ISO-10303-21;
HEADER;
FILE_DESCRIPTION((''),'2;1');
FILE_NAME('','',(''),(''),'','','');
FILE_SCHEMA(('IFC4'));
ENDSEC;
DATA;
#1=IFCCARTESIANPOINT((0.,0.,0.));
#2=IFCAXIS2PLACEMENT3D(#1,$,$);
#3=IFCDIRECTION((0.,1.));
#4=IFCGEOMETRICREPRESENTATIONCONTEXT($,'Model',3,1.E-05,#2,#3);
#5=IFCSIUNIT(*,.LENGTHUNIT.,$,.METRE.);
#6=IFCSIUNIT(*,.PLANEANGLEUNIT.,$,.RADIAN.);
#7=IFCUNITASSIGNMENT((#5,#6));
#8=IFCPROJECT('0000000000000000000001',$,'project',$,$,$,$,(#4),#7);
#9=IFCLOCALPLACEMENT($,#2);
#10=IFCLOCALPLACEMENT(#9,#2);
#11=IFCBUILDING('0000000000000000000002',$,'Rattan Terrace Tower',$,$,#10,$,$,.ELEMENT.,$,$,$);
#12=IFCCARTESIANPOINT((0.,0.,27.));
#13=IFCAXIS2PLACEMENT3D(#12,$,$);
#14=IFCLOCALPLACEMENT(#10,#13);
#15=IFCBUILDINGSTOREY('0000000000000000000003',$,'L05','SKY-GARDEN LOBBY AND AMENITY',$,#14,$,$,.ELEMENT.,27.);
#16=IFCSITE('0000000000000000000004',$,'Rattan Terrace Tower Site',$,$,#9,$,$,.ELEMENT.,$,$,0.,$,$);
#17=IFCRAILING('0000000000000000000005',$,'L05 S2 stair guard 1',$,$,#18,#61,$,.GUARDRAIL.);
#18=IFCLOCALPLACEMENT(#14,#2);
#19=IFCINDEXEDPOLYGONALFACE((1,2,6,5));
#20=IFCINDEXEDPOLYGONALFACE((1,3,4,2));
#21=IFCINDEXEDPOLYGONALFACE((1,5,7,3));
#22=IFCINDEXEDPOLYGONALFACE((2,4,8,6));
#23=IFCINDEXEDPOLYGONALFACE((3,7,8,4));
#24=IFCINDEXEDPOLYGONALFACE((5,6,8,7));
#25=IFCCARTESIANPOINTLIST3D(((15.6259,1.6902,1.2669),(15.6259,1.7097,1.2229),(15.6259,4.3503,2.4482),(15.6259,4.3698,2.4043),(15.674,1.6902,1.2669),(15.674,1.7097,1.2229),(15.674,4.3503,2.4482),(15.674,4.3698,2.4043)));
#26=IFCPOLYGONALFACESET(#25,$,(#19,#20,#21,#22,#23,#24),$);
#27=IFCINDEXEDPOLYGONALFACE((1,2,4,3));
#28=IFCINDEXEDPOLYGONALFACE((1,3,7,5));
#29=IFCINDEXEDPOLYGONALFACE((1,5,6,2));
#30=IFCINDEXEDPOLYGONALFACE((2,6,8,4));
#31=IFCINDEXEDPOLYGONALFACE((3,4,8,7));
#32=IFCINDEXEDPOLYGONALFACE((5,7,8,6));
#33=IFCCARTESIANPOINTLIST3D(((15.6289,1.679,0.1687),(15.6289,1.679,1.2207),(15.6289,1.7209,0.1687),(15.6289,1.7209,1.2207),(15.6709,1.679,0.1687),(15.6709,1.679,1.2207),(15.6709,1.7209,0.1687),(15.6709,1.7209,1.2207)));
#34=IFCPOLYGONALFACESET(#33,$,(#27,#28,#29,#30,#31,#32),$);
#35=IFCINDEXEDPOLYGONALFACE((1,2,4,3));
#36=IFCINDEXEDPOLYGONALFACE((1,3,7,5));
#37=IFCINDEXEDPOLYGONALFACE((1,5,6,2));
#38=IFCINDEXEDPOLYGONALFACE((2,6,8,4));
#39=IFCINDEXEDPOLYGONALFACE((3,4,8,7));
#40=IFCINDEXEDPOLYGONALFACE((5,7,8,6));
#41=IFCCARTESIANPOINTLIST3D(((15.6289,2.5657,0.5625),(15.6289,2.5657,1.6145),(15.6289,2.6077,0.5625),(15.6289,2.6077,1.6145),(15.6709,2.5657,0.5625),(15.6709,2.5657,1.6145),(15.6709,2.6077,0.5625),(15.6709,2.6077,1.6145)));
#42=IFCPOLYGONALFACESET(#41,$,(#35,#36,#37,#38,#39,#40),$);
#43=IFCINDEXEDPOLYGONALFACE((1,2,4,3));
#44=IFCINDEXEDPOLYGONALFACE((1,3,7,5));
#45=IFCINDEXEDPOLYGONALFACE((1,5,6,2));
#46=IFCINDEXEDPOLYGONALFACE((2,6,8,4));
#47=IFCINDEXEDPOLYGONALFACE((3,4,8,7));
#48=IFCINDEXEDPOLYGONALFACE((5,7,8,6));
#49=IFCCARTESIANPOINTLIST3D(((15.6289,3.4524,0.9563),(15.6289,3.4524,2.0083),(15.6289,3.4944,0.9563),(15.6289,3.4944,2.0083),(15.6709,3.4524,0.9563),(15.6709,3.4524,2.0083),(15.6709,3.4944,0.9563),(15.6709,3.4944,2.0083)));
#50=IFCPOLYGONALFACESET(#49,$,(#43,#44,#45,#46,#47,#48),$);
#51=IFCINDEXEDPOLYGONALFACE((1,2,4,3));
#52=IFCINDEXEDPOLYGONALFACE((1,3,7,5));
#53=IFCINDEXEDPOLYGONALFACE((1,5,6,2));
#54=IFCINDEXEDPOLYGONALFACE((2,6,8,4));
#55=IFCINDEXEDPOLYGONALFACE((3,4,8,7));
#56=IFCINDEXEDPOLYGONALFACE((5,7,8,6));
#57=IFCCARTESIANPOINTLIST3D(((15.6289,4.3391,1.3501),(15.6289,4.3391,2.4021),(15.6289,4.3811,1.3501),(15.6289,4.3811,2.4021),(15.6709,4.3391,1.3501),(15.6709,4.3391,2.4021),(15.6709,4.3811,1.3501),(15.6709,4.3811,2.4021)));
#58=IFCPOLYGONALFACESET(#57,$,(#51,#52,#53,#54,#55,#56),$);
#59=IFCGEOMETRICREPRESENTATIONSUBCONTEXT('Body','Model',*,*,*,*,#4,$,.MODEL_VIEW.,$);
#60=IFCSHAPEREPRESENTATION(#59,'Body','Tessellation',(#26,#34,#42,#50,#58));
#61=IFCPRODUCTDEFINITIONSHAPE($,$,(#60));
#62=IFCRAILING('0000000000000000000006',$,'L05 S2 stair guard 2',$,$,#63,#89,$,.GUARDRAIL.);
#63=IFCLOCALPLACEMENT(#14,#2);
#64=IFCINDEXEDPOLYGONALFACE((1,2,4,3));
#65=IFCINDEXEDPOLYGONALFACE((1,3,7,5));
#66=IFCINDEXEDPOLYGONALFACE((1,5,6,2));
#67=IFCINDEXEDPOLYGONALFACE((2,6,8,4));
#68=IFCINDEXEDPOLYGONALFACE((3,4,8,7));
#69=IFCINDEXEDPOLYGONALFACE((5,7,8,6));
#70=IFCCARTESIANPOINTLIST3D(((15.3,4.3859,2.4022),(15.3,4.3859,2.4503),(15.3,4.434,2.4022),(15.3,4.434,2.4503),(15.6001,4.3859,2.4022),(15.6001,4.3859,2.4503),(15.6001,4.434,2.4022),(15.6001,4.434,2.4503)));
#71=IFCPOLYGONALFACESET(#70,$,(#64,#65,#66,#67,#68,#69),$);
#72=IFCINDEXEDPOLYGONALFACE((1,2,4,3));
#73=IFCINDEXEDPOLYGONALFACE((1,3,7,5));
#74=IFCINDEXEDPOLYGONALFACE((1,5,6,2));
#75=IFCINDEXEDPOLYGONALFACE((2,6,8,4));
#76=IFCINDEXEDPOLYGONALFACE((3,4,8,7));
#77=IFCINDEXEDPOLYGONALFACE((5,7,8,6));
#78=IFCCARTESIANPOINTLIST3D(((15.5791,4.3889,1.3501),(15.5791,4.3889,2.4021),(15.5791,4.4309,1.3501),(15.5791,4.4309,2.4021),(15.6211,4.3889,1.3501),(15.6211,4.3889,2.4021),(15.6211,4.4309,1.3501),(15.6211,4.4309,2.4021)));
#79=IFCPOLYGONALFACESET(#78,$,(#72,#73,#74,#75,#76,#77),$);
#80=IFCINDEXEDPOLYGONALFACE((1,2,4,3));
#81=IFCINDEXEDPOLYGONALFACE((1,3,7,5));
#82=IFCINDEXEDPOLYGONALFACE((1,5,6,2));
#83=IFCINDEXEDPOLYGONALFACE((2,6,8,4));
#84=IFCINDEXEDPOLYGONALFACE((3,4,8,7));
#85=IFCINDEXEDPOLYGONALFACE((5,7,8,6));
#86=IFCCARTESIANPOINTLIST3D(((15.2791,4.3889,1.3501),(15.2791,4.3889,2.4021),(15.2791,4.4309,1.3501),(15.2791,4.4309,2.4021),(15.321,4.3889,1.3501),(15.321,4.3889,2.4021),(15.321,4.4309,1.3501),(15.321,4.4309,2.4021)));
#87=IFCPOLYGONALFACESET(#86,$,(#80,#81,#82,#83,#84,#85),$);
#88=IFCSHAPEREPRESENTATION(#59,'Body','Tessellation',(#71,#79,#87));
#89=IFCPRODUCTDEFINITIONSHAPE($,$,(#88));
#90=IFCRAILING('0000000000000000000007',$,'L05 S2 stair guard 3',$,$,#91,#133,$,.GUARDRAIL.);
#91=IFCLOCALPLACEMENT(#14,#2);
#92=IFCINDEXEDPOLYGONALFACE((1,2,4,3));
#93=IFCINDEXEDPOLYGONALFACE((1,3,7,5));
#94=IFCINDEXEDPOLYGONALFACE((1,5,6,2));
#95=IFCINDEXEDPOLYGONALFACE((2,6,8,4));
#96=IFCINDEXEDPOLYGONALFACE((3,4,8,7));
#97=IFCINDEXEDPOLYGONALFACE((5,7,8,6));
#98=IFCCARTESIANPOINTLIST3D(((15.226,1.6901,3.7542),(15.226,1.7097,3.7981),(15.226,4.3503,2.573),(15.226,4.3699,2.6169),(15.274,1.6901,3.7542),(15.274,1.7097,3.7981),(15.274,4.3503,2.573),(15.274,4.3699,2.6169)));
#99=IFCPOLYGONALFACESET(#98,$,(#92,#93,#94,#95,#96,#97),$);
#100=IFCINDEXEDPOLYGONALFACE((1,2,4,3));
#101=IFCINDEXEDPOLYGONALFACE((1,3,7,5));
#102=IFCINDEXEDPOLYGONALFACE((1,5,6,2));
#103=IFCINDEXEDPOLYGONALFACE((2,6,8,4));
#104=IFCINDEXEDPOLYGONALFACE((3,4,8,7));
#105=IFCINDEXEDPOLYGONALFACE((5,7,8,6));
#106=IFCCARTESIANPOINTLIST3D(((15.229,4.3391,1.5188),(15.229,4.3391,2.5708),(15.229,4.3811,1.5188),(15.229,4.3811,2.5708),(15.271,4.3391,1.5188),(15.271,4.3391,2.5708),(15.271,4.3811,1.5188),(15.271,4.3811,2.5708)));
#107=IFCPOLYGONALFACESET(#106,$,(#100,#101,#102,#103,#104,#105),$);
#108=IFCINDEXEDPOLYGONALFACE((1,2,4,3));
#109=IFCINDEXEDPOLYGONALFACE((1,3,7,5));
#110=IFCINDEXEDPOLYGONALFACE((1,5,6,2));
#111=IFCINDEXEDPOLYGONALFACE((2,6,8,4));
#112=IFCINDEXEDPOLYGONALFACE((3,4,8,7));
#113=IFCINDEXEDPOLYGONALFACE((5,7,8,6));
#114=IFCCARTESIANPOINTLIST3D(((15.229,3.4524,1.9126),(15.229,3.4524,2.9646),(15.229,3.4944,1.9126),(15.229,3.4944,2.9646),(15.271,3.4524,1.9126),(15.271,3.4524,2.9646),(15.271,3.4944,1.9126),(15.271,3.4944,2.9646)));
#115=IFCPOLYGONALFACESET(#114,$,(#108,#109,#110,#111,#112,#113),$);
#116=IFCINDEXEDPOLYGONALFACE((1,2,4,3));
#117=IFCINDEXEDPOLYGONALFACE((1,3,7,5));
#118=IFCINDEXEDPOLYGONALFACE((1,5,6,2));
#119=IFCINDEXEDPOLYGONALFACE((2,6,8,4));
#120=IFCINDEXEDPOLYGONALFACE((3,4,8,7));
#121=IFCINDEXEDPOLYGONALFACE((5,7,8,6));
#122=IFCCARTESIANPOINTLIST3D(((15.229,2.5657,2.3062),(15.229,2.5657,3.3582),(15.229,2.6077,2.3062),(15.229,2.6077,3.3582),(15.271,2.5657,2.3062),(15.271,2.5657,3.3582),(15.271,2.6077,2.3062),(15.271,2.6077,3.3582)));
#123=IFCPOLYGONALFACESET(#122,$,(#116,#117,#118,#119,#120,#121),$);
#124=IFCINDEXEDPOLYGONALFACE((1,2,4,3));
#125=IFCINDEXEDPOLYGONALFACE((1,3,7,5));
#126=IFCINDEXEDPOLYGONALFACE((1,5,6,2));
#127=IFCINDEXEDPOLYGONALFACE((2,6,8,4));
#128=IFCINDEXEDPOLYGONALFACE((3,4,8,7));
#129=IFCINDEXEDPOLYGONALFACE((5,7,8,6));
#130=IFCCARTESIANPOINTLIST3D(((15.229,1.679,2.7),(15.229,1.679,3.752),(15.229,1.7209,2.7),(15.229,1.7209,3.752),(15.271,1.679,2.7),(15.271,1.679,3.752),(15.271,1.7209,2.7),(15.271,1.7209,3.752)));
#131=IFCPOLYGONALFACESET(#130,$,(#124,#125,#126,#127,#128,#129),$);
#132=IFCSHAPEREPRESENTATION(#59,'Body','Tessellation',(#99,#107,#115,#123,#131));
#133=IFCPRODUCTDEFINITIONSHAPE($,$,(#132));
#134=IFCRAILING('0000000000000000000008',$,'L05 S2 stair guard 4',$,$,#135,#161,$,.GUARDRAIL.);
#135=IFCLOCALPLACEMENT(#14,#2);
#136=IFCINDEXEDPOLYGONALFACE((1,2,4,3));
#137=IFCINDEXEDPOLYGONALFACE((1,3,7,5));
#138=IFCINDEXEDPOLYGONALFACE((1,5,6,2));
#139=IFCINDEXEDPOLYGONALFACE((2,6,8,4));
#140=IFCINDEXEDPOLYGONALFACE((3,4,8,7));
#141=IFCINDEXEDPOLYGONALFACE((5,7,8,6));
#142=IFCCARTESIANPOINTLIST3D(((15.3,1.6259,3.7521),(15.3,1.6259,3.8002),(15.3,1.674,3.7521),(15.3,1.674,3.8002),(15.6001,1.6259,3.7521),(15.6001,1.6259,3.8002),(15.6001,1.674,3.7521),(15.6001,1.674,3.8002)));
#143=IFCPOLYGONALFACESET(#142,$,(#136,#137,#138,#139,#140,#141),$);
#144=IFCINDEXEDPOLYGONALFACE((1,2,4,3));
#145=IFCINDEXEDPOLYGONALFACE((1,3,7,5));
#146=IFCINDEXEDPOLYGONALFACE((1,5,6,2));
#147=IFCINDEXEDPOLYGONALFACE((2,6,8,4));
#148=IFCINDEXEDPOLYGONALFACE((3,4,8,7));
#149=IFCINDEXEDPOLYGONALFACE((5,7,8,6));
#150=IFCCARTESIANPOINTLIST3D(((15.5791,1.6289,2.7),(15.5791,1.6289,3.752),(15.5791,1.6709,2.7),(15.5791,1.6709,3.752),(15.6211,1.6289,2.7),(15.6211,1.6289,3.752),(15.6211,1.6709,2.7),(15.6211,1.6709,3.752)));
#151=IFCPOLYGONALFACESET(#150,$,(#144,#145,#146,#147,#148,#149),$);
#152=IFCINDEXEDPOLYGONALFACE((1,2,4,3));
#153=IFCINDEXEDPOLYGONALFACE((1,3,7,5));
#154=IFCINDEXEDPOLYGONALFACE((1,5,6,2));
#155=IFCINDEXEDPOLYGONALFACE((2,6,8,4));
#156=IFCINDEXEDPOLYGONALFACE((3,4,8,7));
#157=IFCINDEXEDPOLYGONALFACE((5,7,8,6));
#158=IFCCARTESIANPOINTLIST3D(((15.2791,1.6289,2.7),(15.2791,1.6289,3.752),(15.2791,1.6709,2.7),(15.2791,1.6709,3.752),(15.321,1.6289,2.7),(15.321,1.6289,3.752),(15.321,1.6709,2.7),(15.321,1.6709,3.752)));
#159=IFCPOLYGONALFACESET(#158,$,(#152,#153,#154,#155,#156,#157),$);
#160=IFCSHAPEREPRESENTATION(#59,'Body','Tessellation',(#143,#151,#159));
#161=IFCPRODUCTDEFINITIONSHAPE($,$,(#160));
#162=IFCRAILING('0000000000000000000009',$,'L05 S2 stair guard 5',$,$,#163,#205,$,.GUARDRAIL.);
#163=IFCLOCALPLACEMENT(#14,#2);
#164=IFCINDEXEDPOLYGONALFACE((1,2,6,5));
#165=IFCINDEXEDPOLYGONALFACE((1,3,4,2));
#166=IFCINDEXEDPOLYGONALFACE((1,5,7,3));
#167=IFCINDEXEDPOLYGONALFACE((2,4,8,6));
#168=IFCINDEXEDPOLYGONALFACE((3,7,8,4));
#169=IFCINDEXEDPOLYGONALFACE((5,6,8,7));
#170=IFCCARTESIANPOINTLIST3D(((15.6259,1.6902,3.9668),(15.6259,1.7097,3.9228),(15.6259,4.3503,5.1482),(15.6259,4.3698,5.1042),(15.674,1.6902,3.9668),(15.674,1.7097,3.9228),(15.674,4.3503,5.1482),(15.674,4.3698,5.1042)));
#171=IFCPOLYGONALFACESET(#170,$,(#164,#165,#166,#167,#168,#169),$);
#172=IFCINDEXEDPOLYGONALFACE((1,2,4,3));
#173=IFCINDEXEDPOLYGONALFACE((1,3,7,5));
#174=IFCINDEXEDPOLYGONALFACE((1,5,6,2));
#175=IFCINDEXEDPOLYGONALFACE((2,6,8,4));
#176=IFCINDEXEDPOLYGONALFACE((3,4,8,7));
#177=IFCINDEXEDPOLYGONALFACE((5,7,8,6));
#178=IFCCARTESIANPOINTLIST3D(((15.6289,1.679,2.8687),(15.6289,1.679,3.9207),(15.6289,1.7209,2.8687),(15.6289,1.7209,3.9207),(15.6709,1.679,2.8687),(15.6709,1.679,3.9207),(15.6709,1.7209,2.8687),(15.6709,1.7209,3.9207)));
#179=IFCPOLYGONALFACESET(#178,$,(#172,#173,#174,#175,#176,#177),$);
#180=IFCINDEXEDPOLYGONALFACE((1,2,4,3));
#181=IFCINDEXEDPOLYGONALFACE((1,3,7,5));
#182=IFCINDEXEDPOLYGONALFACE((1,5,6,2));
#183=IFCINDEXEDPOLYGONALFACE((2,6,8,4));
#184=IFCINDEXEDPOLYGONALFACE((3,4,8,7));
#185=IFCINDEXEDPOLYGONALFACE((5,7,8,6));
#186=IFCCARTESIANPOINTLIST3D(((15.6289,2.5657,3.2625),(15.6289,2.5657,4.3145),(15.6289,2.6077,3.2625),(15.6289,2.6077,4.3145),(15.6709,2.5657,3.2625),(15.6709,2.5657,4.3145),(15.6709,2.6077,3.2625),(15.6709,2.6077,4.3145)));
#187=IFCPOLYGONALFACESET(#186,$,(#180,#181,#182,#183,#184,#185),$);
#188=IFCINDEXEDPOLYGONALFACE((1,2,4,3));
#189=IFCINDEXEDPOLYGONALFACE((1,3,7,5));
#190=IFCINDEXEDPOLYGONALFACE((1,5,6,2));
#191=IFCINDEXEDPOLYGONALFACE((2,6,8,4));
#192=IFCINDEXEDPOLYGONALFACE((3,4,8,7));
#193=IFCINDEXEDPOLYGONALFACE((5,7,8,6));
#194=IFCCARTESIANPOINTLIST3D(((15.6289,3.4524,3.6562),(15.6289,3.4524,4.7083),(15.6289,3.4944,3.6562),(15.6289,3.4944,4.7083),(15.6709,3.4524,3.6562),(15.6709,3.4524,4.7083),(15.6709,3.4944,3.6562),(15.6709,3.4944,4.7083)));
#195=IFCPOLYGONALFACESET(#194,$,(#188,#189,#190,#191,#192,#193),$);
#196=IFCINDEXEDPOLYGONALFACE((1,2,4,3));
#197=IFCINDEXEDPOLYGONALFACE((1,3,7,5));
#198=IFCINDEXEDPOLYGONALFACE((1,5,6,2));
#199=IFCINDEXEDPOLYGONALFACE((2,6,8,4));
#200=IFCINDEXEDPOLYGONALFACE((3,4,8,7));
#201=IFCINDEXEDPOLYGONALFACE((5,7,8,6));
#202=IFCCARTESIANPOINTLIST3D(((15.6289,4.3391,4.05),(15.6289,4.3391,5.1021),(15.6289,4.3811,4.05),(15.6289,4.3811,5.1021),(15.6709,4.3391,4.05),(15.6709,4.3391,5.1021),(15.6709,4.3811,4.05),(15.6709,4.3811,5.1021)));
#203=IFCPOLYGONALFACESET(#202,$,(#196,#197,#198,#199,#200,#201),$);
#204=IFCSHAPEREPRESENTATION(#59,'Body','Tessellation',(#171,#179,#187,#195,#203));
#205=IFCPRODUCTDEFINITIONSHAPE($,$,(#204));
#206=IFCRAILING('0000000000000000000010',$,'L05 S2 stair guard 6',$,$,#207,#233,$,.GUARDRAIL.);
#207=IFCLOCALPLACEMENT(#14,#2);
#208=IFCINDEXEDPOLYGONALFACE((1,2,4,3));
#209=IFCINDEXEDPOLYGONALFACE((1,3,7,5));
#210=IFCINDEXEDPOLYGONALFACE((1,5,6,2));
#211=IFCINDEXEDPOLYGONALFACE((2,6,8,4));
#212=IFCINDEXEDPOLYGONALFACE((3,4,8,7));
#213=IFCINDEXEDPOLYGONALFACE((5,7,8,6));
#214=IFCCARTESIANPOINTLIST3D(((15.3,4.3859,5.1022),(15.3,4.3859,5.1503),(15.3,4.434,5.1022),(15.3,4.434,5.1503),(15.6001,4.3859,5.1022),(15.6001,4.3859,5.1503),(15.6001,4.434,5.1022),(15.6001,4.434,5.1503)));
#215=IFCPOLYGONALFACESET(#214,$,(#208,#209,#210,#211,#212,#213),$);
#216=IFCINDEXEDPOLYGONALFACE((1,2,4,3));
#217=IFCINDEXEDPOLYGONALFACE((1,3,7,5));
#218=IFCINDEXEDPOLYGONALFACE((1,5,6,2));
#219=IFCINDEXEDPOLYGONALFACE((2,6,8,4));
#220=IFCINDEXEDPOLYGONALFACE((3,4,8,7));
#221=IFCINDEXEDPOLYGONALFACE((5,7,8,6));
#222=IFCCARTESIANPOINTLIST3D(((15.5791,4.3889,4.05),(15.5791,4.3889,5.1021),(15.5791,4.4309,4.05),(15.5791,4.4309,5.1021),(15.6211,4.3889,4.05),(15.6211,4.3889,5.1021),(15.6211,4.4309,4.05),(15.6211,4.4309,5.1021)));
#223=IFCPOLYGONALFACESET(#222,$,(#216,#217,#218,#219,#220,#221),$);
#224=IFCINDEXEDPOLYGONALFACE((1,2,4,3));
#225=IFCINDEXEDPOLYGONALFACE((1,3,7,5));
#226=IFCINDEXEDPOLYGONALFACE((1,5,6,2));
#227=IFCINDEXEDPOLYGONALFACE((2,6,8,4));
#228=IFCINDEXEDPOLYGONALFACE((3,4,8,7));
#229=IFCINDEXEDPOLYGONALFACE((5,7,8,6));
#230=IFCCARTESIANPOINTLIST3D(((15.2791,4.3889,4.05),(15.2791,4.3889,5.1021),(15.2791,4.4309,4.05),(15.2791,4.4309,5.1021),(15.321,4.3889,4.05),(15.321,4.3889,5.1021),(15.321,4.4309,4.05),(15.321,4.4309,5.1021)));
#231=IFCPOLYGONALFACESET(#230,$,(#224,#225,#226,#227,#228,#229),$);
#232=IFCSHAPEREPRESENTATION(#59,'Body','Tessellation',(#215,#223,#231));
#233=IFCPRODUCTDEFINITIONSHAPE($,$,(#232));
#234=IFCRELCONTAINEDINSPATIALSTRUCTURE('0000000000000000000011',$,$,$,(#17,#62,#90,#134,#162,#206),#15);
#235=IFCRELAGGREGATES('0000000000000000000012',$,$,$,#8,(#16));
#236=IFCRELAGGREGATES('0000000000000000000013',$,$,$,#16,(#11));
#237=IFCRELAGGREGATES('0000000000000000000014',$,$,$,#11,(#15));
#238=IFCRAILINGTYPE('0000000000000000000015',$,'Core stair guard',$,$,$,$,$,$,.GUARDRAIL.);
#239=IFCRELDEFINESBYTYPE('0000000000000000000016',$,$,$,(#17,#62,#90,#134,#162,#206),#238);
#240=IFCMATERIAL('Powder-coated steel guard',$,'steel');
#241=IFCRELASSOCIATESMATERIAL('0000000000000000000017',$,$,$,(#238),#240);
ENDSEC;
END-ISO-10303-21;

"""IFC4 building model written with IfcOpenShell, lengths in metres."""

from ifc_helpers import new_model, si_unit, direction, frame, origin, origin_2d, place, context, subcontext, project, spatial, rectangle, extrude, material, type_object, element, save


model = new_model("IFC4")

# Units and contexts
model_context = context("Model", 3, precision=1e-05, world=origin(), true_north=direction((0.0, 1.0)))
body_context = subcontext(model_context, "Body", "Model", "MODEL_VIEW")
ifc_project = project(units=[si_unit("LENGTHUNIT", "METRE"), si_unit("PLANEANGLEUNIT", "RADIAN")], contexts=[model_context])

# Site, building, storey
site_placement = place(None, origin())
site = spatial("IfcSite", under=ifc_project, at=site_placement, Name="Rattan Terrace Tower Site", CompositionType="ELEMENT", RefElevation=0.0)
building_placement = place(site_placement, origin())
building = spatial("IfcBuilding", under=site, at=building_placement, Name="Rattan Terrace Tower", CompositionType="ELEMENT")
storey_placement = place(building_placement, frame((0.0, 0.0, 27.0)))
storey = spatial("IfcBuildingStorey", under=building, at=storey_placement, Name="L05", Description="SKY-GARDEN LOBBY AND AMENITY", CompositionType="ELEMENT", Elevation=27.0)

# Railings
ifc_material_1 = material(Name="Powder-coated steel guard", Category="steel")
railing_type_1 = type_object("IfcRailingType", Name="Core stair guard", PredefinedType="GUARDRAIL", material=ifc_material_1)
railing_1_placement = place(storey_placement, frame((15.6499, 1.7, 0.1687)))
element("IfcRailing", 1, at=railing_1_placement, inside=storey, type_object=railing_type_1, Name="L05 S2 stair guard 1", PredefinedType="GUARDRAIL", context=body_context, shape_type="SweptSolid", body=[
    extrude(rectangle(XDim=0.0481, YDim=0.0481, at=origin_2d()), frame((0.0, 0.0, 1.0762), z_axis=(0.0, 0.913926, 0.405882), x_axis=(-1.0, 0.0, 0.0)), (0.0, 0.0, 1.0), 2.9106),
    extrude(rectangle(XDim=0.042, YDim=0.042, at=origin_2d()), origin(), (0.0, 0.0, 1.0), 1.052),
    extrude(rectangle(XDim=0.042, YDim=0.042, at=origin_2d()), frame((0.0, 0.8867, 0.3938)), (0.0, 0.0, 1.0), 1.052),
    extrude(rectangle(XDim=0.042, YDim=0.042, at=origin_2d()), frame((0.0, 1.7734, 0.7876)), (0.0, 0.0, 1.0), 1.052),
    extrude(rectangle(XDim=0.042, YDim=0.042, at=origin_2d()), frame((0.0, 2.6602, 1.1814)), (0.0, 0.0, 1.0), 1.052),
])
railing_2_placement = place(storey_placement, frame((15.6001, 4.4099, 1.3501)))
element("IfcRailing", 2, at=railing_2_placement, inside=storey, type_object=railing_type_1, Name="L05 S2 stair guard 2", PredefinedType="GUARDRAIL", context=body_context, shape_type="SweptSolid", body=[
    extrude(rectangle(XDim=0.0481, YDim=0.0481, at=origin_2d()), frame((0.0, 0.0, 1.0762), z_axis=(-1.0, 0.0, 0.0), x_axis=(0.0, -1.0, 0.0)), (0.0, 0.0, 1.0), 0.3),
    extrude(rectangle(XDim=0.042, YDim=0.042, at=origin_2d()), origin(), (0.0, 0.0, 1.0), 1.052),
    extrude(rectangle(XDim=0.042, YDim=0.042, at=origin_2d()), frame((-0.3, 0.0, 0.0)), (0.0, 0.0, 1.0), 1.052),
])
railing_3_placement = place(storey_placement, frame((15.25, 4.3601, 1.5188)))
element("IfcRailing", 3, at=railing_3_placement, inside=storey, type_object=railing_type_1, Name="L05 S2 stair guard 3", PredefinedType="GUARDRAIL", context=body_context, shape_type="SweptSolid", body=[
    extrude(rectangle(XDim=0.0481, YDim=0.0481, at=origin_2d()), frame((0.0, 0.0, 1.0762), z_axis=(0.0, -0.913957, 0.405812), x_axis=(1.0, 0.0, 0.0)), (0.0, 0.0, 1.0), 2.9106),
    extrude(rectangle(XDim=0.042, YDim=0.042, at=origin_2d()), origin(), (0.0, 0.0, 1.0), 1.052),
    extrude(rectangle(XDim=0.042, YDim=0.042, at=origin_2d()), frame((0.0, -0.8867, 0.3938)), (0.0, 0.0, 1.0), 1.052),
    extrude(rectangle(XDim=0.042, YDim=0.042, at=origin_2d()), frame((0.0, -1.7734, 0.7874)), (0.0, 0.0, 1.0), 1.052),
    extrude(rectangle(XDim=0.042, YDim=0.042, at=origin_2d()), frame((0.0, -2.6602, 1.1812)), (0.0, 0.0, 1.0), 1.052),
])
railing_4_placement = place(storey_placement, frame((15.6001, 1.6499, 2.7)))
element("IfcRailing", 4, at=railing_4_placement, inside=storey, type_object=railing_type_1, Name="L05 S2 stair guard 4", PredefinedType="GUARDRAIL", context=body_context, shape_type="SweptSolid", body=[
    extrude(rectangle(XDim=0.0481, YDim=0.0481, at=origin_2d()), frame((0.0, 0.0, 1.0762), z_axis=(-1.0, 0.0, 0.0), x_axis=(0.0, -1.0, 0.0)), (0.0, 0.0, 1.0), 0.3),
    extrude(rectangle(XDim=0.042, YDim=0.042, at=origin_2d()), origin(), (0.0, 0.0, 1.0), 1.052),
    extrude(rectangle(XDim=0.042, YDim=0.042, at=origin_2d()), frame((-0.3, 0.0, 0.0)), (0.0, 0.0, 1.0), 1.052),
])
railing_5_placement = place(storey_placement, frame((15.6499, 1.7, 2.8687)))
element("IfcRailing", 5, at=railing_5_placement, inside=storey, type_object=railing_type_1, Name="L05 S2 stair guard 5", PredefinedType="GUARDRAIL", context=body_context, shape_type="SweptSolid", body=[
    extrude(rectangle(XDim=0.0481, YDim=0.0481, at=origin_2d()), frame((0.0, 0.0, 1.0762), z_axis=(0.0, 0.913926, 0.405882), x_axis=(-1.0, 0.0, 0.0)), (0.0, 0.0, 1.0), 2.9106),
    extrude(rectangle(XDim=0.042, YDim=0.042, at=origin_2d()), origin(), (0.0, 0.0, 1.0), 1.052),
    extrude(rectangle(XDim=0.042, YDim=0.042, at=origin_2d()), frame((0.0, 0.8867, 0.3938)), (0.0, 0.0, 1.0), 1.052),
    extrude(rectangle(XDim=0.042, YDim=0.042, at=origin_2d()), frame((0.0, 1.7734, 0.7876)), (0.0, 0.0, 1.0), 1.052),
    extrude(rectangle(XDim=0.042, YDim=0.042, at=origin_2d()), frame((0.0, 2.6602, 1.1814)), (0.0, 0.0, 1.0), 1.052),
])
railing_6_placement = place(storey_placement, frame((15.6001, 4.4099, 4.05)))
element("IfcRailing", 6, at=railing_6_placement, inside=storey, type_object=railing_type_1, Name="L05 S2 stair guard 6", PredefinedType="GUARDRAIL", context=body_context, shape_type="SweptSolid", body=[
    extrude(rectangle(XDim=0.0481, YDim=0.0481, at=origin_2d()), frame((0.0, 0.0, 1.0762), z_axis=(-1.0, 0.0, 0.0), x_axis=(0.0, -1.0, 0.0)), (0.0, 0.0, 1.0), 0.3),
    extrude(rectangle(XDim=0.042, YDim=0.042, at=origin_2d()), origin(), (0.0, 0.0, 1.0), 1.052),
    extrude(rectangle(XDim=0.042, YDim=0.042, at=origin_2d()), frame((-0.3, 0.0, 0.0)), (0.0, 0.0, 1.0), 1.052),
])

save(model, "model.ifc")
